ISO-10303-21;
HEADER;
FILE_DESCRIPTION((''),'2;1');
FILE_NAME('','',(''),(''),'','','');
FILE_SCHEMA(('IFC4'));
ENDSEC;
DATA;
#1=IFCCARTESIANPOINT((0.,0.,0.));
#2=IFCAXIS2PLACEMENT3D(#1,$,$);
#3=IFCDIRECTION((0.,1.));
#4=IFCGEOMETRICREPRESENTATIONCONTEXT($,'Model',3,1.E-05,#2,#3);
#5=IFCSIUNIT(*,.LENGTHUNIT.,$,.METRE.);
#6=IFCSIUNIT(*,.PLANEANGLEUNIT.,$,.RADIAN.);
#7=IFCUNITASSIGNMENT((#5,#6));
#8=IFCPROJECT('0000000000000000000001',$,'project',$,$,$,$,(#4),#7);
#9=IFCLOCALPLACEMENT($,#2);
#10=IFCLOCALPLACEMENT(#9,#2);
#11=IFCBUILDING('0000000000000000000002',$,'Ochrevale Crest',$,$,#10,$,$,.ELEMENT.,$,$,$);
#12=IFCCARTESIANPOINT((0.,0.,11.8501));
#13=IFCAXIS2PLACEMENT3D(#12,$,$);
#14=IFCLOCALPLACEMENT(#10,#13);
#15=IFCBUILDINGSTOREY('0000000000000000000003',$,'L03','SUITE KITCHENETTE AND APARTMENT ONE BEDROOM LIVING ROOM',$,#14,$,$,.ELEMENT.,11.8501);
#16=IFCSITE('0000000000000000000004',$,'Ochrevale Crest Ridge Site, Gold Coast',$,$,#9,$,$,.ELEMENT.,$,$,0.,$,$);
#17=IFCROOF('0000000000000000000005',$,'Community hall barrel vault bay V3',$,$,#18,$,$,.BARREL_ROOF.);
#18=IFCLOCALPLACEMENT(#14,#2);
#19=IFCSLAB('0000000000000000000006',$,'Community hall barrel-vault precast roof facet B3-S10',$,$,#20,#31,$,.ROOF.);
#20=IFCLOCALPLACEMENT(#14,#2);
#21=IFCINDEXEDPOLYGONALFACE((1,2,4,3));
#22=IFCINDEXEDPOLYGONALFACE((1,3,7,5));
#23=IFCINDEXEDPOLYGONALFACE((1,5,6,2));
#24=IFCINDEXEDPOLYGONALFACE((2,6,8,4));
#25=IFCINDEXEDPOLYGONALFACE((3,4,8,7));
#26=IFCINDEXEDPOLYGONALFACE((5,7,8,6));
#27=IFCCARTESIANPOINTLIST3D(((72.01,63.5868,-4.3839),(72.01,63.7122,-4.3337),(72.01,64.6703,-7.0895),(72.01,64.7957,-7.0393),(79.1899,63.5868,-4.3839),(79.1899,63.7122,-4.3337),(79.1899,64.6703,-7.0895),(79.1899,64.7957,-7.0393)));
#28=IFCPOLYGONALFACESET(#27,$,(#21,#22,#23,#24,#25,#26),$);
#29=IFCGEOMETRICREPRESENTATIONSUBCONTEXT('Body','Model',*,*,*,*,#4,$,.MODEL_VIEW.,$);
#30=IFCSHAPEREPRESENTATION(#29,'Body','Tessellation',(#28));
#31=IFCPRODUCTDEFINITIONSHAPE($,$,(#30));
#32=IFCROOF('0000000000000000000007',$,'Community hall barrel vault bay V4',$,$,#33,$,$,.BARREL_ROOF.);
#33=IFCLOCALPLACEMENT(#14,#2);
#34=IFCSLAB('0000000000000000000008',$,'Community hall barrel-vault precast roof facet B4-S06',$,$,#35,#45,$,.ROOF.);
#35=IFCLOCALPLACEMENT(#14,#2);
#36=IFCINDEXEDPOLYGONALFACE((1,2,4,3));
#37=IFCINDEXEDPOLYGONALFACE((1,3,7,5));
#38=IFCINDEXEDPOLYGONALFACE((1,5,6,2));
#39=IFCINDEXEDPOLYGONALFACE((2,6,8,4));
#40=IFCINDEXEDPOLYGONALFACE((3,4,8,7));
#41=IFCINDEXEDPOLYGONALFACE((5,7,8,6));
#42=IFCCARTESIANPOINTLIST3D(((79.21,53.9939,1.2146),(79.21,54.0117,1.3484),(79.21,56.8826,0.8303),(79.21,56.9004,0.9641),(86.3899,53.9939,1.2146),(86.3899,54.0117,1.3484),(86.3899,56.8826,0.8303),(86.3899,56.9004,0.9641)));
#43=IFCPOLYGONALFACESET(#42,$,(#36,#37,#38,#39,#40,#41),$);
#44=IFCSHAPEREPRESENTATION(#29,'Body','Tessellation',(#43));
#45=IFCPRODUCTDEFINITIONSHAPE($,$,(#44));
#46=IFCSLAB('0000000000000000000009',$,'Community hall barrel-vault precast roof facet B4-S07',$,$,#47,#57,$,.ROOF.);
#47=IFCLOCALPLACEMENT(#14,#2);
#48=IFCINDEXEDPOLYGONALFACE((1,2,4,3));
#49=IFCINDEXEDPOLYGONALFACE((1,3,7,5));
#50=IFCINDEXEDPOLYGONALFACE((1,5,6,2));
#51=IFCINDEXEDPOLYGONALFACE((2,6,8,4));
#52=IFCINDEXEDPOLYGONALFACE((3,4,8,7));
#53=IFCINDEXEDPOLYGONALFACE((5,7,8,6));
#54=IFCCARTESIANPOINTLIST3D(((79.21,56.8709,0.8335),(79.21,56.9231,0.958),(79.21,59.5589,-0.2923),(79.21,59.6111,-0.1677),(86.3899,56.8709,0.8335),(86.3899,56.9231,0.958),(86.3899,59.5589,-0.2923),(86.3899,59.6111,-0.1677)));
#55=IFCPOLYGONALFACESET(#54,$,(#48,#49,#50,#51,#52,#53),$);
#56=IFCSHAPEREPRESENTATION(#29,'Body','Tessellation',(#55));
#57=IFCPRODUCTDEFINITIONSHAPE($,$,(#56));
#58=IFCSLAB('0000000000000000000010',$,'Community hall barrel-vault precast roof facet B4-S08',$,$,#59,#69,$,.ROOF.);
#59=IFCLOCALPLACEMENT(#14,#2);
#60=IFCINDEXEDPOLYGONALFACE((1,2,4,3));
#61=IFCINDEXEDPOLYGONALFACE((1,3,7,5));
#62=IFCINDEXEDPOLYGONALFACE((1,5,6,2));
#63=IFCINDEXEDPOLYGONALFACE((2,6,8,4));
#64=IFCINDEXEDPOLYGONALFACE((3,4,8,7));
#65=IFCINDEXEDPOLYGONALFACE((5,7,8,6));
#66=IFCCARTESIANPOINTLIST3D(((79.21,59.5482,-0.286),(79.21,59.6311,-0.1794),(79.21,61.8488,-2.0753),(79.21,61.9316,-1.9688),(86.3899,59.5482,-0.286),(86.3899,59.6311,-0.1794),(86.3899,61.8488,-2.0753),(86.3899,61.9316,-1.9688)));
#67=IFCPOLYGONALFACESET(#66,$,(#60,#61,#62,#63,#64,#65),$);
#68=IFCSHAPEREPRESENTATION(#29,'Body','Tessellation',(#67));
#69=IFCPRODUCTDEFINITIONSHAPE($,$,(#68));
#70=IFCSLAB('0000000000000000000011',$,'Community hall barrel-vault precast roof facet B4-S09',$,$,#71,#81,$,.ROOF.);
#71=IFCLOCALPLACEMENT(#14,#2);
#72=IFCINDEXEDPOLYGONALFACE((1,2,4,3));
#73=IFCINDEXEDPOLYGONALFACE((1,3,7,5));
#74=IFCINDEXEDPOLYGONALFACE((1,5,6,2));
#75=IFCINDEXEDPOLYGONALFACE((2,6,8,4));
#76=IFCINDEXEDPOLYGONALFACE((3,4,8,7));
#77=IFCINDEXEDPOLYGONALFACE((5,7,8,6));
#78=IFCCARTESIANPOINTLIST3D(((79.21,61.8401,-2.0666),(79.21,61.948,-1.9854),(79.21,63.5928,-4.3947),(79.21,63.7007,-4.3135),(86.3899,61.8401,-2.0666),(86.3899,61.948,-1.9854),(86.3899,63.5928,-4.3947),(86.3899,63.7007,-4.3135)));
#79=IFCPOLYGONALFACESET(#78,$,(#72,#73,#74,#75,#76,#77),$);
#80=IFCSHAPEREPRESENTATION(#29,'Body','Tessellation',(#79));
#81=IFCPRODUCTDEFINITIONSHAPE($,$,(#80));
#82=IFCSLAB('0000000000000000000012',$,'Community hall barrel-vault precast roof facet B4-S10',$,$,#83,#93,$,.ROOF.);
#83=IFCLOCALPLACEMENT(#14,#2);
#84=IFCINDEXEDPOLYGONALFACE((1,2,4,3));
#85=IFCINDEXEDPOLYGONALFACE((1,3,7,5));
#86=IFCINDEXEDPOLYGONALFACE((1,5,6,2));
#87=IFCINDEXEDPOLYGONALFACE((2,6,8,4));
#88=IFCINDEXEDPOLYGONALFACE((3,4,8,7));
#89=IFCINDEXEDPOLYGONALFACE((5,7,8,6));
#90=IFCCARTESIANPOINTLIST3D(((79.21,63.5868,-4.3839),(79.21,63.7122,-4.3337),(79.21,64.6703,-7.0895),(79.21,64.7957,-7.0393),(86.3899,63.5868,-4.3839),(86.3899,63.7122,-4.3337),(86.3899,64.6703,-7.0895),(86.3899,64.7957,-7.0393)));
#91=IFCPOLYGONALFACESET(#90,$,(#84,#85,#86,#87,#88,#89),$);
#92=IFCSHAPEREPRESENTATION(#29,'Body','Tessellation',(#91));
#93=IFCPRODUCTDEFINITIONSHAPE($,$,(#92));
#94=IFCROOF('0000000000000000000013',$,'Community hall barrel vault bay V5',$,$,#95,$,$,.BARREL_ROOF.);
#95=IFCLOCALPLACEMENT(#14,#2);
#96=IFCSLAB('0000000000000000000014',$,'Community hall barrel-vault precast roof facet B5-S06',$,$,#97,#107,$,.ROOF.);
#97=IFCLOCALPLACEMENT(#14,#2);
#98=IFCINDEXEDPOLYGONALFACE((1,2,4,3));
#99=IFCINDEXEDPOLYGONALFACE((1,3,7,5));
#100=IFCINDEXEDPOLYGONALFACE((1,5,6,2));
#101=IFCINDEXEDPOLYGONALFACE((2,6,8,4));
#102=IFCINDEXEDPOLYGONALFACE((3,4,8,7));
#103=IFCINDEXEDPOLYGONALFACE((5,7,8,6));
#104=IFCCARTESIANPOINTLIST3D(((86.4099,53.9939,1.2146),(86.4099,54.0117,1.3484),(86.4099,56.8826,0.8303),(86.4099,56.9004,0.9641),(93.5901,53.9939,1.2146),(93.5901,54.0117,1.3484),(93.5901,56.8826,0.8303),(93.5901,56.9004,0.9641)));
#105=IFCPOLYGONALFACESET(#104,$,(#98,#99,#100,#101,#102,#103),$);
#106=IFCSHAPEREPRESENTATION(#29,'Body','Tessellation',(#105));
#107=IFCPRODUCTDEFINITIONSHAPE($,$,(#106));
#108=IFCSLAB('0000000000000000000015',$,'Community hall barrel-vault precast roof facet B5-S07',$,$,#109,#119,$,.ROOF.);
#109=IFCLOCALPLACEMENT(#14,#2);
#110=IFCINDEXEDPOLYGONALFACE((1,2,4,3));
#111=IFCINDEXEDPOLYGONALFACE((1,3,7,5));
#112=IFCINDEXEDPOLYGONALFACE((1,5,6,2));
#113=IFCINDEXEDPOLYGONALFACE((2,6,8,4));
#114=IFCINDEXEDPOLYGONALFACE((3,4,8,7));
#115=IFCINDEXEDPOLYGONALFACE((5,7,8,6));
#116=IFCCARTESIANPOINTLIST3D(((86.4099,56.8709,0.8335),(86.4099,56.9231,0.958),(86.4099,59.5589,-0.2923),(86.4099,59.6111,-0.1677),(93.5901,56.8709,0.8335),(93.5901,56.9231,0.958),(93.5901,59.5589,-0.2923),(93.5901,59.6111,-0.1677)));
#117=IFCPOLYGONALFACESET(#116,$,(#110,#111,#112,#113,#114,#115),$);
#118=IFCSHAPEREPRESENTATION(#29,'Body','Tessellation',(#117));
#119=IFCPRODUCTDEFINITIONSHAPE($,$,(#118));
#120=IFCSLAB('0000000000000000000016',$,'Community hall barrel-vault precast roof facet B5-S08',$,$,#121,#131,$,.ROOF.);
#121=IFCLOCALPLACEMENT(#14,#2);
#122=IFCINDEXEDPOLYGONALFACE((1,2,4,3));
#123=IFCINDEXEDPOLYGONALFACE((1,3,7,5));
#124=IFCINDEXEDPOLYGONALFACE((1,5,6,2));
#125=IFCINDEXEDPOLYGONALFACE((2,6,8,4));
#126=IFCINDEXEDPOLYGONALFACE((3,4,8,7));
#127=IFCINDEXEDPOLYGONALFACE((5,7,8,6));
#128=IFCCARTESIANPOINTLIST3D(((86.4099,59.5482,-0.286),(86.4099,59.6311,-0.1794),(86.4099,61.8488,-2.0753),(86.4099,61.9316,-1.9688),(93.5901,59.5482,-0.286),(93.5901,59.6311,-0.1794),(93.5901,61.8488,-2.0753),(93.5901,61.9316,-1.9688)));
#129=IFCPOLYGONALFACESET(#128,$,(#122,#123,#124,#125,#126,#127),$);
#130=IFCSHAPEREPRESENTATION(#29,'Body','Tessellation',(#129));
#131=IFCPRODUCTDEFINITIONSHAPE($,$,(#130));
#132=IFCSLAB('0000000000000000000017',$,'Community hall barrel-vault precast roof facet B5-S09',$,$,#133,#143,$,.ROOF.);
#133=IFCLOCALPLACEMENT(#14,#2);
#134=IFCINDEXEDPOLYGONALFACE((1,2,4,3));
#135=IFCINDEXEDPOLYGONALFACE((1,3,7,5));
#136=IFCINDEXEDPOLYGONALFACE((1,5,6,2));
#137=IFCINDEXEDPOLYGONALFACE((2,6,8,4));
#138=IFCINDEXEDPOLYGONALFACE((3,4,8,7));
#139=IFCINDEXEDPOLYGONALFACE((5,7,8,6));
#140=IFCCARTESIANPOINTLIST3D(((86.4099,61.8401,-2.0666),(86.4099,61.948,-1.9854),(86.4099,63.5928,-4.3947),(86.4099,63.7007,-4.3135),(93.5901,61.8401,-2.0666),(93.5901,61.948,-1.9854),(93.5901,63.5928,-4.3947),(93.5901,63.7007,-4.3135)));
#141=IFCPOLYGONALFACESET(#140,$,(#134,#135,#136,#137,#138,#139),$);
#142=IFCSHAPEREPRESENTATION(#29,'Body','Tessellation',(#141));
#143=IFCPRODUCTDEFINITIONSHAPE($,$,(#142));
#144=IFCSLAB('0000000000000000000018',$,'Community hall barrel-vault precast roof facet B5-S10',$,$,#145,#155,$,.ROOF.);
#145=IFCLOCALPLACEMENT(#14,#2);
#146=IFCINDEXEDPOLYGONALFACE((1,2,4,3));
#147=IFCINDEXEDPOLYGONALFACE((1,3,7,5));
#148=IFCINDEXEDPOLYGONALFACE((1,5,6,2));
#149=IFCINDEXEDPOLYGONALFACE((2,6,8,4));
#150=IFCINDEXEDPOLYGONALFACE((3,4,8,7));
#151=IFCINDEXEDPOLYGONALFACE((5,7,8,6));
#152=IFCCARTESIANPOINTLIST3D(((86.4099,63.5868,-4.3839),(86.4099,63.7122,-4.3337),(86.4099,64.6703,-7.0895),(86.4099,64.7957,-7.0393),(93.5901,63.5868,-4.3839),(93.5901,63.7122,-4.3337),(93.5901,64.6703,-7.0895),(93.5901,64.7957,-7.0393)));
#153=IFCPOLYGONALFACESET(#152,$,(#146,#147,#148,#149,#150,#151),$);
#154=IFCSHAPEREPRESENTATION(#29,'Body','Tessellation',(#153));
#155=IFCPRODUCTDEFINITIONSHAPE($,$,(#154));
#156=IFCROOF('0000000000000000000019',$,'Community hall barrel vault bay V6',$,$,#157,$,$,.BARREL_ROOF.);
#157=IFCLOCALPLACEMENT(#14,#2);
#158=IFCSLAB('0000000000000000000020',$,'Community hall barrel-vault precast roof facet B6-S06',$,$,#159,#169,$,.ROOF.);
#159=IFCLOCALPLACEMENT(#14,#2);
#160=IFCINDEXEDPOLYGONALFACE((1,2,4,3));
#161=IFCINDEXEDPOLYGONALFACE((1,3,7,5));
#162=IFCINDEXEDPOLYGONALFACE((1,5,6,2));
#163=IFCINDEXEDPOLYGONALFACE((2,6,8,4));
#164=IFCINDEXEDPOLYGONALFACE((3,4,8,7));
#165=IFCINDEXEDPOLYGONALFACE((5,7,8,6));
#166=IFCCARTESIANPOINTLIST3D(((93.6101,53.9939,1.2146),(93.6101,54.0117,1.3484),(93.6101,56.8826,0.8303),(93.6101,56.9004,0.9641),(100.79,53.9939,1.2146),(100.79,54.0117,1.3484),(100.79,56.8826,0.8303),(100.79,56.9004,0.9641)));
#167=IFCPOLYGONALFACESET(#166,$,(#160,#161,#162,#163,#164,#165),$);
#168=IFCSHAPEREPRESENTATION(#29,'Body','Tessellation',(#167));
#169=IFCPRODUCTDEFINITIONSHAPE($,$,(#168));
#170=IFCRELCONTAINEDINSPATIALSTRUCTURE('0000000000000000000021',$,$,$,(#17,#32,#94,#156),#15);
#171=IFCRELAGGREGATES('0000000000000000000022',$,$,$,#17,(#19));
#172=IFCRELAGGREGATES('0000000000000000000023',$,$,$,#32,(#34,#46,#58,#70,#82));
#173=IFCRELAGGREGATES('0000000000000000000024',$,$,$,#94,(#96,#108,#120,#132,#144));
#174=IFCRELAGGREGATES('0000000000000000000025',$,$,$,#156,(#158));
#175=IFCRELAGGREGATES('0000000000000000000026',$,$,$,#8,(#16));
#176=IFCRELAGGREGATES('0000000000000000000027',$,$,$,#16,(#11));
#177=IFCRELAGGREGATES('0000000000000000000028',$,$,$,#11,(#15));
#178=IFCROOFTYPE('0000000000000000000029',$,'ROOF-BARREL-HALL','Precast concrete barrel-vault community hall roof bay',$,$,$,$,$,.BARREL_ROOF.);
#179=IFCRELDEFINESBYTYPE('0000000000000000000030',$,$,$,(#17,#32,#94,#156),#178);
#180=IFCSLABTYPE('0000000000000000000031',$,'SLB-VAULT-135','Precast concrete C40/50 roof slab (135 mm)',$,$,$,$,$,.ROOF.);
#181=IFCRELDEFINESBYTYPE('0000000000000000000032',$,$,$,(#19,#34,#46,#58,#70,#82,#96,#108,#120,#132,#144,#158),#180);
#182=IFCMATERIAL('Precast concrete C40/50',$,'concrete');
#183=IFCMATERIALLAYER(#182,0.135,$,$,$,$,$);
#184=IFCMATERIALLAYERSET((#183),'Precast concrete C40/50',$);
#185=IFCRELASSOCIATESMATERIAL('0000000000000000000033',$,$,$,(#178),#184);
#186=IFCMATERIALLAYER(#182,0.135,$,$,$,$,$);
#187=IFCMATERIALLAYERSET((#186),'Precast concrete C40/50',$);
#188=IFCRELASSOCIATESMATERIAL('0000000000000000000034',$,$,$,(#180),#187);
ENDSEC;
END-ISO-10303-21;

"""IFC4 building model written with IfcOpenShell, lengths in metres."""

from ifc_helpers import new_model, si_unit, direction, frame, origin, place, context, subcontext, project, spatial, polyline, outline, extrude, material, layer, layer_set, type_object, element, aggregate, save


model = new_model("IFC4")

# Units and contexts
model_context = context("Model", 3, precision=1e-05, world=origin(), true_north=direction((0.0, 1.0)))
body_context = subcontext(model_context, "Body", "Model", "MODEL_VIEW")
ifc_project = project(units=[si_unit("LENGTHUNIT", "METRE"), si_unit("PLANEANGLEUNIT", "RADIAN")], contexts=[model_context])

# Site, building, storey
site_placement = place(None, origin())
site = spatial("IfcSite", under=ifc_project, at=site_placement, Name="Ochrevale Crest Ridge Site, Gold Coast", CompositionType="ELEMENT", RefElevation=0.0)
building_placement = place(site_placement, origin())
building = spatial("IfcBuilding", under=site, at=building_placement, Name="Ochrevale Crest", CompositionType="ELEMENT")
storey_placement = place(building_placement, frame((0.0, 0.0, 11.8501)))
storey = spatial("IfcBuildingStorey", under=building, at=storey_placement, Name="L03", Description="SUITE KITCHENETTE AND APARTMENT ONE BEDROOM LIVING ROOM", CompositionType="ELEMENT", Elevation=11.8501)

# Roofs, slabs
ifc_material_1 = material(Name="Precast concrete C40/50", Category="concrete")
ifc_layer_1 = layer(ifc_material_1, 0.135)
ifc_layer_set_1 = layer_set([ifc_layer_1], Name="Precast concrete C40/50")
roof_type = type_object("IfcRoofType", Name="ROOF-BARREL-HALL", Description="Precast concrete barrel-vault community hall roof bay", PredefinedType="BARREL_ROOF", material=ifc_layer_set_1)
roof_1_placement = place(storey_placement, origin())
roof_1 = element("IfcRoof", 1, at=roof_1_placement, inside=storey, type_object=roof_type, Name="Community hall barrel vault bay V3", PredefinedType="BARREL_ROOF")
ifc_layer_2 = layer(ifc_material_1, 0.135)
ifc_layer_set_2 = layer_set([ifc_layer_2], Name="Precast concrete C40/50")
slab_type_1 = type_object("IfcSlabType", Name="SLB-VAULT-135", Description="Precast concrete C40/50 roof slab (135 mm)", PredefinedType="ROOF", material=ifc_layer_set_2)
slab_1_placement = place(storey_placement, frame((72.01, 63.7122, -4.3337), z_axis=(0.0, 0.928326, 0.371766), x_axis=(1.0, 0.0, 0.0)))
slab_1 = element("IfcSlab", 2, at=slab_1_placement, type_object=slab_type_1, Name="Community hall barrel-vault precast roof facet B3-S10", PredefinedType="ROOF", context=body_context, shape_type="SweptSolid", body=[
    extrude(outline(polyline([(0.0, 0.0), (7.1799, 0.0), (7.1799, 2.9145), (0.0, 2.9145), (0.0, 0.0)])), origin(), (0.0, 0.0, -1.0), 0.135),
])
aggregate(roof_1, [slab_1])
roof_2_placement = place(storey_placement, origin())
roof_2 = element("IfcRoof", 3, at=roof_2_placement, inside=storey, type_object=roof_type, Name="Community hall barrel vault bay V4", PredefinedType="BARREL_ROOF")
slab_2_placement = place(storey_placement, frame((79.21, 54.0117, 1.3484), z_axis=(0.0, 0.131867, 0.991267), x_axis=(1.0, 0.0, 0.0)))
slab_2 = element("IfcSlab", 4, at=slab_2_placement, type_object=slab_type_1, Name="Community hall barrel-vault precast roof facet B4-S06", PredefinedType="ROOF", context=body_context, shape_type="SweptSolid", body=[
    extrude(outline(polyline([(0.0, 0.0), (7.1799, 0.0), (7.1799, 2.9141), (0.0, 2.9141), (0.0, 0.0)])), origin(), (0.0, 0.0, -1.0), 0.135),
])
slab_3_placement = place(storey_placement, frame((79.21, 56.9231, 0.958), z_axis=(0.0, 0.386292, 0.922376), x_axis=(1.0, 0.0, 0.0)))
slab_3 = element("IfcSlab", 5, at=slab_3_placement, type_object=slab_type_1, Name="Community hall barrel-vault precast roof facet B4-S07", PredefinedType="ROOF", context=body_context, shape_type="SweptSolid", body=[
    extrude(outline(polyline([(0.0, 0.0), (7.1799, 0.0), (7.1799, 2.9142), (0.0, 2.9142), (0.0, 0.0)])), origin(), (0.0, 0.0, -1.0), 0.135),
])
slab_4_placement = place(storey_placement, frame((79.21, 59.6311, -0.1794), z_axis=(0.0, 0.613941, 0.789352), x_axis=(1.0, 0.0, 0.0)))
slab_4 = element("IfcSlab", 6, at=slab_4_placement, type_object=slab_type_1, Name="Community hall barrel-vault precast roof facet B4-S08", PredefinedType="ROOF", context=body_context, shape_type="SweptSolid", body=[
    extrude(outline(polyline([(0.0, 0.0), (7.1799, 0.0), (7.1799, 2.9145), (0.0, 2.9145), (0.0, 0.0)])), origin(), (0.0, 0.0, -1.0), 0.135),
])
slab_5_placement = place(storey_placement, frame((79.21, 61.948, -1.9854), z_axis=(0.0, 0.798913, 0.601447), x_axis=(1.0, 0.0, 0.0)))
slab_5 = element("IfcSlab", 7, at=slab_5_placement, type_object=slab_type_1, Name="Community hall barrel-vault precast roof facet B4-S09", PredefinedType="ROOF", context=body_context, shape_type="SweptSolid", body=[
    extrude(outline(polyline([(0.0, 0.0), (7.1799, 0.0), (7.1799, 2.9141), (0.0, 2.9141), (0.0, 0.0)])), origin(), (0.0, 0.0, -1.0), 0.135),
])
slab_6_placement = place(storey_placement, frame((79.21, 63.7122, -4.3337), z_axis=(0.0, 0.928326, 0.371766), x_axis=(1.0, 0.0, 0.0)))
slab_6 = element("IfcSlab", 8, at=slab_6_placement, type_object=slab_type_1, Name="Community hall barrel-vault precast roof facet B4-S10", PredefinedType="ROOF", context=body_context, shape_type="SweptSolid", body=[
    extrude(outline(polyline([(0.0, 0.0), (7.1799, 0.0), (7.1799, 2.9145), (0.0, 2.9145), (0.0, 0.0)])), origin(), (0.0, 0.0, -1.0), 0.135),
])
aggregate(roof_2, [slab_2, slab_3, slab_4, slab_5, slab_6])
roof_3_placement = place(storey_placement, origin())
roof_3 = element("IfcRoof", 9, at=roof_3_placement, inside=storey, type_object=roof_type, Name="Community hall barrel vault bay V5", PredefinedType="BARREL_ROOF")
slab_7_placement = place(storey_placement, frame((86.4099, 54.0117, 1.3484), z_axis=(0.0, 0.131867, 0.991267), x_axis=(1.0, 0.0, 0.0)))
slab_7 = element("IfcSlab", 10, at=slab_7_placement, type_object=slab_type_1, Name="Community hall barrel-vault precast roof facet B5-S06", PredefinedType="ROOF", context=body_context, shape_type="SweptSolid", body=[
    extrude(outline(polyline([(0.0, 0.0), (7.1802, 0.0), (7.1802, 2.9141), (0.0, 2.9141), (0.0, 0.0)])), origin(), (0.0, 0.0, -1.0), 0.135),
])
slab_8_placement = place(storey_placement, frame((86.4099, 56.9231, 0.958), z_axis=(0.0, 0.386292, 0.922376), x_axis=(1.0, 0.0, 0.0)))
slab_8 = element("IfcSlab", 11, at=slab_8_placement, type_object=slab_type_1, Name="Community hall barrel-vault precast roof facet B5-S07", PredefinedType="ROOF", context=body_context, shape_type="SweptSolid", body=[
    extrude(outline(polyline([(0.0, 0.0), (7.1802, 0.0), (7.1802, 2.9142), (0.0, 2.9142), (0.0, 0.0)])), origin(), (0.0, 0.0, -1.0), 0.135),
])
slab_9_placement = place(storey_placement, frame((86.4099, 59.6311, -0.1794), z_axis=(0.0, 0.613941, 0.789352), x_axis=(1.0, 0.0, 0.0)))
slab_9 = element("IfcSlab", 12, at=slab_9_placement, type_object=slab_type_1, Name="Community hall barrel-vault precast roof facet B5-S08", PredefinedType="ROOF", context=body_context, shape_type="SweptSolid", body=[
    extrude(outline(polyline([(0.0, 0.0), (7.1802, 0.0), (7.1802, 2.9145), (0.0, 2.9145), (0.0, 0.0)])), origin(), (0.0, 0.0, -1.0), 0.135),
])
slab_10_placement = place(storey_placement, frame((86.4099, 61.948, -1.9854), z_axis=(0.0, 0.798913, 0.601447), x_axis=(1.0, 0.0, 0.0)))
slab_10 = element("IfcSlab", 13, at=slab_10_placement, type_object=slab_type_1, Name="Community hall barrel-vault precast roof facet B5-S09", PredefinedType="ROOF", context=body_context, shape_type="SweptSolid", body=[
    extrude(outline(polyline([(0.0, 0.0), (7.1802, 0.0), (7.1802, 2.9141), (0.0, 2.9141), (0.0, 0.0)])), origin(), (0.0, 0.0, -1.0), 0.135),
])
slab_11_placement = place(storey_placement, frame((86.4099, 63.7122, -4.3337), z_axis=(0.0, 0.928326, 0.371766), x_axis=(1.0, 0.0, 0.0)))
slab_11 = element("IfcSlab", 14, at=slab_11_placement, type_object=slab_type_1, Name="Community hall barrel-vault precast roof facet B5-S10", PredefinedType="ROOF", context=body_context, shape_type="SweptSolid", body=[
    extrude(outline(polyline([(0.0, 0.0), (7.1802, 0.0), (7.1802, 2.9145), (0.0, 2.9145), (0.0, 0.0)])), origin(), (0.0, 0.0, -1.0), 0.135),
])
aggregate(roof_3, [slab_7, slab_8, slab_9, slab_10, slab_11])

# Roof, slab
roof_4_placement = place(storey_placement, origin())
roof_4 = element("IfcRoof", 15, at=roof_4_placement, inside=storey, type_object=roof_type, Name="Community hall barrel vault bay V6", PredefinedType="BARREL_ROOF")
slab_12_placement = place(storey_placement, frame((93.6101, 54.0117, 1.3484), z_axis=(0.0, 0.131867, 0.991267), x_axis=(1.0, 0.0, 0.0)))
slab_12 = element("IfcSlab", 16, at=slab_12_placement, type_object=slab_type_1, Name="Community hall barrel-vault precast roof facet B6-S06", PredefinedType="ROOF", context=body_context, shape_type="SweptSolid", body=[
    extrude(outline(polyline([(0.0, 0.0), (7.1799, 0.0), (7.1799, 2.9141), (0.0, 2.9141), (0.0, 0.0)])), origin(), (0.0, 0.0, -1.0), 0.135),
])
aggregate(roof_4, [slab_12])

save(model, "model.ifc")
